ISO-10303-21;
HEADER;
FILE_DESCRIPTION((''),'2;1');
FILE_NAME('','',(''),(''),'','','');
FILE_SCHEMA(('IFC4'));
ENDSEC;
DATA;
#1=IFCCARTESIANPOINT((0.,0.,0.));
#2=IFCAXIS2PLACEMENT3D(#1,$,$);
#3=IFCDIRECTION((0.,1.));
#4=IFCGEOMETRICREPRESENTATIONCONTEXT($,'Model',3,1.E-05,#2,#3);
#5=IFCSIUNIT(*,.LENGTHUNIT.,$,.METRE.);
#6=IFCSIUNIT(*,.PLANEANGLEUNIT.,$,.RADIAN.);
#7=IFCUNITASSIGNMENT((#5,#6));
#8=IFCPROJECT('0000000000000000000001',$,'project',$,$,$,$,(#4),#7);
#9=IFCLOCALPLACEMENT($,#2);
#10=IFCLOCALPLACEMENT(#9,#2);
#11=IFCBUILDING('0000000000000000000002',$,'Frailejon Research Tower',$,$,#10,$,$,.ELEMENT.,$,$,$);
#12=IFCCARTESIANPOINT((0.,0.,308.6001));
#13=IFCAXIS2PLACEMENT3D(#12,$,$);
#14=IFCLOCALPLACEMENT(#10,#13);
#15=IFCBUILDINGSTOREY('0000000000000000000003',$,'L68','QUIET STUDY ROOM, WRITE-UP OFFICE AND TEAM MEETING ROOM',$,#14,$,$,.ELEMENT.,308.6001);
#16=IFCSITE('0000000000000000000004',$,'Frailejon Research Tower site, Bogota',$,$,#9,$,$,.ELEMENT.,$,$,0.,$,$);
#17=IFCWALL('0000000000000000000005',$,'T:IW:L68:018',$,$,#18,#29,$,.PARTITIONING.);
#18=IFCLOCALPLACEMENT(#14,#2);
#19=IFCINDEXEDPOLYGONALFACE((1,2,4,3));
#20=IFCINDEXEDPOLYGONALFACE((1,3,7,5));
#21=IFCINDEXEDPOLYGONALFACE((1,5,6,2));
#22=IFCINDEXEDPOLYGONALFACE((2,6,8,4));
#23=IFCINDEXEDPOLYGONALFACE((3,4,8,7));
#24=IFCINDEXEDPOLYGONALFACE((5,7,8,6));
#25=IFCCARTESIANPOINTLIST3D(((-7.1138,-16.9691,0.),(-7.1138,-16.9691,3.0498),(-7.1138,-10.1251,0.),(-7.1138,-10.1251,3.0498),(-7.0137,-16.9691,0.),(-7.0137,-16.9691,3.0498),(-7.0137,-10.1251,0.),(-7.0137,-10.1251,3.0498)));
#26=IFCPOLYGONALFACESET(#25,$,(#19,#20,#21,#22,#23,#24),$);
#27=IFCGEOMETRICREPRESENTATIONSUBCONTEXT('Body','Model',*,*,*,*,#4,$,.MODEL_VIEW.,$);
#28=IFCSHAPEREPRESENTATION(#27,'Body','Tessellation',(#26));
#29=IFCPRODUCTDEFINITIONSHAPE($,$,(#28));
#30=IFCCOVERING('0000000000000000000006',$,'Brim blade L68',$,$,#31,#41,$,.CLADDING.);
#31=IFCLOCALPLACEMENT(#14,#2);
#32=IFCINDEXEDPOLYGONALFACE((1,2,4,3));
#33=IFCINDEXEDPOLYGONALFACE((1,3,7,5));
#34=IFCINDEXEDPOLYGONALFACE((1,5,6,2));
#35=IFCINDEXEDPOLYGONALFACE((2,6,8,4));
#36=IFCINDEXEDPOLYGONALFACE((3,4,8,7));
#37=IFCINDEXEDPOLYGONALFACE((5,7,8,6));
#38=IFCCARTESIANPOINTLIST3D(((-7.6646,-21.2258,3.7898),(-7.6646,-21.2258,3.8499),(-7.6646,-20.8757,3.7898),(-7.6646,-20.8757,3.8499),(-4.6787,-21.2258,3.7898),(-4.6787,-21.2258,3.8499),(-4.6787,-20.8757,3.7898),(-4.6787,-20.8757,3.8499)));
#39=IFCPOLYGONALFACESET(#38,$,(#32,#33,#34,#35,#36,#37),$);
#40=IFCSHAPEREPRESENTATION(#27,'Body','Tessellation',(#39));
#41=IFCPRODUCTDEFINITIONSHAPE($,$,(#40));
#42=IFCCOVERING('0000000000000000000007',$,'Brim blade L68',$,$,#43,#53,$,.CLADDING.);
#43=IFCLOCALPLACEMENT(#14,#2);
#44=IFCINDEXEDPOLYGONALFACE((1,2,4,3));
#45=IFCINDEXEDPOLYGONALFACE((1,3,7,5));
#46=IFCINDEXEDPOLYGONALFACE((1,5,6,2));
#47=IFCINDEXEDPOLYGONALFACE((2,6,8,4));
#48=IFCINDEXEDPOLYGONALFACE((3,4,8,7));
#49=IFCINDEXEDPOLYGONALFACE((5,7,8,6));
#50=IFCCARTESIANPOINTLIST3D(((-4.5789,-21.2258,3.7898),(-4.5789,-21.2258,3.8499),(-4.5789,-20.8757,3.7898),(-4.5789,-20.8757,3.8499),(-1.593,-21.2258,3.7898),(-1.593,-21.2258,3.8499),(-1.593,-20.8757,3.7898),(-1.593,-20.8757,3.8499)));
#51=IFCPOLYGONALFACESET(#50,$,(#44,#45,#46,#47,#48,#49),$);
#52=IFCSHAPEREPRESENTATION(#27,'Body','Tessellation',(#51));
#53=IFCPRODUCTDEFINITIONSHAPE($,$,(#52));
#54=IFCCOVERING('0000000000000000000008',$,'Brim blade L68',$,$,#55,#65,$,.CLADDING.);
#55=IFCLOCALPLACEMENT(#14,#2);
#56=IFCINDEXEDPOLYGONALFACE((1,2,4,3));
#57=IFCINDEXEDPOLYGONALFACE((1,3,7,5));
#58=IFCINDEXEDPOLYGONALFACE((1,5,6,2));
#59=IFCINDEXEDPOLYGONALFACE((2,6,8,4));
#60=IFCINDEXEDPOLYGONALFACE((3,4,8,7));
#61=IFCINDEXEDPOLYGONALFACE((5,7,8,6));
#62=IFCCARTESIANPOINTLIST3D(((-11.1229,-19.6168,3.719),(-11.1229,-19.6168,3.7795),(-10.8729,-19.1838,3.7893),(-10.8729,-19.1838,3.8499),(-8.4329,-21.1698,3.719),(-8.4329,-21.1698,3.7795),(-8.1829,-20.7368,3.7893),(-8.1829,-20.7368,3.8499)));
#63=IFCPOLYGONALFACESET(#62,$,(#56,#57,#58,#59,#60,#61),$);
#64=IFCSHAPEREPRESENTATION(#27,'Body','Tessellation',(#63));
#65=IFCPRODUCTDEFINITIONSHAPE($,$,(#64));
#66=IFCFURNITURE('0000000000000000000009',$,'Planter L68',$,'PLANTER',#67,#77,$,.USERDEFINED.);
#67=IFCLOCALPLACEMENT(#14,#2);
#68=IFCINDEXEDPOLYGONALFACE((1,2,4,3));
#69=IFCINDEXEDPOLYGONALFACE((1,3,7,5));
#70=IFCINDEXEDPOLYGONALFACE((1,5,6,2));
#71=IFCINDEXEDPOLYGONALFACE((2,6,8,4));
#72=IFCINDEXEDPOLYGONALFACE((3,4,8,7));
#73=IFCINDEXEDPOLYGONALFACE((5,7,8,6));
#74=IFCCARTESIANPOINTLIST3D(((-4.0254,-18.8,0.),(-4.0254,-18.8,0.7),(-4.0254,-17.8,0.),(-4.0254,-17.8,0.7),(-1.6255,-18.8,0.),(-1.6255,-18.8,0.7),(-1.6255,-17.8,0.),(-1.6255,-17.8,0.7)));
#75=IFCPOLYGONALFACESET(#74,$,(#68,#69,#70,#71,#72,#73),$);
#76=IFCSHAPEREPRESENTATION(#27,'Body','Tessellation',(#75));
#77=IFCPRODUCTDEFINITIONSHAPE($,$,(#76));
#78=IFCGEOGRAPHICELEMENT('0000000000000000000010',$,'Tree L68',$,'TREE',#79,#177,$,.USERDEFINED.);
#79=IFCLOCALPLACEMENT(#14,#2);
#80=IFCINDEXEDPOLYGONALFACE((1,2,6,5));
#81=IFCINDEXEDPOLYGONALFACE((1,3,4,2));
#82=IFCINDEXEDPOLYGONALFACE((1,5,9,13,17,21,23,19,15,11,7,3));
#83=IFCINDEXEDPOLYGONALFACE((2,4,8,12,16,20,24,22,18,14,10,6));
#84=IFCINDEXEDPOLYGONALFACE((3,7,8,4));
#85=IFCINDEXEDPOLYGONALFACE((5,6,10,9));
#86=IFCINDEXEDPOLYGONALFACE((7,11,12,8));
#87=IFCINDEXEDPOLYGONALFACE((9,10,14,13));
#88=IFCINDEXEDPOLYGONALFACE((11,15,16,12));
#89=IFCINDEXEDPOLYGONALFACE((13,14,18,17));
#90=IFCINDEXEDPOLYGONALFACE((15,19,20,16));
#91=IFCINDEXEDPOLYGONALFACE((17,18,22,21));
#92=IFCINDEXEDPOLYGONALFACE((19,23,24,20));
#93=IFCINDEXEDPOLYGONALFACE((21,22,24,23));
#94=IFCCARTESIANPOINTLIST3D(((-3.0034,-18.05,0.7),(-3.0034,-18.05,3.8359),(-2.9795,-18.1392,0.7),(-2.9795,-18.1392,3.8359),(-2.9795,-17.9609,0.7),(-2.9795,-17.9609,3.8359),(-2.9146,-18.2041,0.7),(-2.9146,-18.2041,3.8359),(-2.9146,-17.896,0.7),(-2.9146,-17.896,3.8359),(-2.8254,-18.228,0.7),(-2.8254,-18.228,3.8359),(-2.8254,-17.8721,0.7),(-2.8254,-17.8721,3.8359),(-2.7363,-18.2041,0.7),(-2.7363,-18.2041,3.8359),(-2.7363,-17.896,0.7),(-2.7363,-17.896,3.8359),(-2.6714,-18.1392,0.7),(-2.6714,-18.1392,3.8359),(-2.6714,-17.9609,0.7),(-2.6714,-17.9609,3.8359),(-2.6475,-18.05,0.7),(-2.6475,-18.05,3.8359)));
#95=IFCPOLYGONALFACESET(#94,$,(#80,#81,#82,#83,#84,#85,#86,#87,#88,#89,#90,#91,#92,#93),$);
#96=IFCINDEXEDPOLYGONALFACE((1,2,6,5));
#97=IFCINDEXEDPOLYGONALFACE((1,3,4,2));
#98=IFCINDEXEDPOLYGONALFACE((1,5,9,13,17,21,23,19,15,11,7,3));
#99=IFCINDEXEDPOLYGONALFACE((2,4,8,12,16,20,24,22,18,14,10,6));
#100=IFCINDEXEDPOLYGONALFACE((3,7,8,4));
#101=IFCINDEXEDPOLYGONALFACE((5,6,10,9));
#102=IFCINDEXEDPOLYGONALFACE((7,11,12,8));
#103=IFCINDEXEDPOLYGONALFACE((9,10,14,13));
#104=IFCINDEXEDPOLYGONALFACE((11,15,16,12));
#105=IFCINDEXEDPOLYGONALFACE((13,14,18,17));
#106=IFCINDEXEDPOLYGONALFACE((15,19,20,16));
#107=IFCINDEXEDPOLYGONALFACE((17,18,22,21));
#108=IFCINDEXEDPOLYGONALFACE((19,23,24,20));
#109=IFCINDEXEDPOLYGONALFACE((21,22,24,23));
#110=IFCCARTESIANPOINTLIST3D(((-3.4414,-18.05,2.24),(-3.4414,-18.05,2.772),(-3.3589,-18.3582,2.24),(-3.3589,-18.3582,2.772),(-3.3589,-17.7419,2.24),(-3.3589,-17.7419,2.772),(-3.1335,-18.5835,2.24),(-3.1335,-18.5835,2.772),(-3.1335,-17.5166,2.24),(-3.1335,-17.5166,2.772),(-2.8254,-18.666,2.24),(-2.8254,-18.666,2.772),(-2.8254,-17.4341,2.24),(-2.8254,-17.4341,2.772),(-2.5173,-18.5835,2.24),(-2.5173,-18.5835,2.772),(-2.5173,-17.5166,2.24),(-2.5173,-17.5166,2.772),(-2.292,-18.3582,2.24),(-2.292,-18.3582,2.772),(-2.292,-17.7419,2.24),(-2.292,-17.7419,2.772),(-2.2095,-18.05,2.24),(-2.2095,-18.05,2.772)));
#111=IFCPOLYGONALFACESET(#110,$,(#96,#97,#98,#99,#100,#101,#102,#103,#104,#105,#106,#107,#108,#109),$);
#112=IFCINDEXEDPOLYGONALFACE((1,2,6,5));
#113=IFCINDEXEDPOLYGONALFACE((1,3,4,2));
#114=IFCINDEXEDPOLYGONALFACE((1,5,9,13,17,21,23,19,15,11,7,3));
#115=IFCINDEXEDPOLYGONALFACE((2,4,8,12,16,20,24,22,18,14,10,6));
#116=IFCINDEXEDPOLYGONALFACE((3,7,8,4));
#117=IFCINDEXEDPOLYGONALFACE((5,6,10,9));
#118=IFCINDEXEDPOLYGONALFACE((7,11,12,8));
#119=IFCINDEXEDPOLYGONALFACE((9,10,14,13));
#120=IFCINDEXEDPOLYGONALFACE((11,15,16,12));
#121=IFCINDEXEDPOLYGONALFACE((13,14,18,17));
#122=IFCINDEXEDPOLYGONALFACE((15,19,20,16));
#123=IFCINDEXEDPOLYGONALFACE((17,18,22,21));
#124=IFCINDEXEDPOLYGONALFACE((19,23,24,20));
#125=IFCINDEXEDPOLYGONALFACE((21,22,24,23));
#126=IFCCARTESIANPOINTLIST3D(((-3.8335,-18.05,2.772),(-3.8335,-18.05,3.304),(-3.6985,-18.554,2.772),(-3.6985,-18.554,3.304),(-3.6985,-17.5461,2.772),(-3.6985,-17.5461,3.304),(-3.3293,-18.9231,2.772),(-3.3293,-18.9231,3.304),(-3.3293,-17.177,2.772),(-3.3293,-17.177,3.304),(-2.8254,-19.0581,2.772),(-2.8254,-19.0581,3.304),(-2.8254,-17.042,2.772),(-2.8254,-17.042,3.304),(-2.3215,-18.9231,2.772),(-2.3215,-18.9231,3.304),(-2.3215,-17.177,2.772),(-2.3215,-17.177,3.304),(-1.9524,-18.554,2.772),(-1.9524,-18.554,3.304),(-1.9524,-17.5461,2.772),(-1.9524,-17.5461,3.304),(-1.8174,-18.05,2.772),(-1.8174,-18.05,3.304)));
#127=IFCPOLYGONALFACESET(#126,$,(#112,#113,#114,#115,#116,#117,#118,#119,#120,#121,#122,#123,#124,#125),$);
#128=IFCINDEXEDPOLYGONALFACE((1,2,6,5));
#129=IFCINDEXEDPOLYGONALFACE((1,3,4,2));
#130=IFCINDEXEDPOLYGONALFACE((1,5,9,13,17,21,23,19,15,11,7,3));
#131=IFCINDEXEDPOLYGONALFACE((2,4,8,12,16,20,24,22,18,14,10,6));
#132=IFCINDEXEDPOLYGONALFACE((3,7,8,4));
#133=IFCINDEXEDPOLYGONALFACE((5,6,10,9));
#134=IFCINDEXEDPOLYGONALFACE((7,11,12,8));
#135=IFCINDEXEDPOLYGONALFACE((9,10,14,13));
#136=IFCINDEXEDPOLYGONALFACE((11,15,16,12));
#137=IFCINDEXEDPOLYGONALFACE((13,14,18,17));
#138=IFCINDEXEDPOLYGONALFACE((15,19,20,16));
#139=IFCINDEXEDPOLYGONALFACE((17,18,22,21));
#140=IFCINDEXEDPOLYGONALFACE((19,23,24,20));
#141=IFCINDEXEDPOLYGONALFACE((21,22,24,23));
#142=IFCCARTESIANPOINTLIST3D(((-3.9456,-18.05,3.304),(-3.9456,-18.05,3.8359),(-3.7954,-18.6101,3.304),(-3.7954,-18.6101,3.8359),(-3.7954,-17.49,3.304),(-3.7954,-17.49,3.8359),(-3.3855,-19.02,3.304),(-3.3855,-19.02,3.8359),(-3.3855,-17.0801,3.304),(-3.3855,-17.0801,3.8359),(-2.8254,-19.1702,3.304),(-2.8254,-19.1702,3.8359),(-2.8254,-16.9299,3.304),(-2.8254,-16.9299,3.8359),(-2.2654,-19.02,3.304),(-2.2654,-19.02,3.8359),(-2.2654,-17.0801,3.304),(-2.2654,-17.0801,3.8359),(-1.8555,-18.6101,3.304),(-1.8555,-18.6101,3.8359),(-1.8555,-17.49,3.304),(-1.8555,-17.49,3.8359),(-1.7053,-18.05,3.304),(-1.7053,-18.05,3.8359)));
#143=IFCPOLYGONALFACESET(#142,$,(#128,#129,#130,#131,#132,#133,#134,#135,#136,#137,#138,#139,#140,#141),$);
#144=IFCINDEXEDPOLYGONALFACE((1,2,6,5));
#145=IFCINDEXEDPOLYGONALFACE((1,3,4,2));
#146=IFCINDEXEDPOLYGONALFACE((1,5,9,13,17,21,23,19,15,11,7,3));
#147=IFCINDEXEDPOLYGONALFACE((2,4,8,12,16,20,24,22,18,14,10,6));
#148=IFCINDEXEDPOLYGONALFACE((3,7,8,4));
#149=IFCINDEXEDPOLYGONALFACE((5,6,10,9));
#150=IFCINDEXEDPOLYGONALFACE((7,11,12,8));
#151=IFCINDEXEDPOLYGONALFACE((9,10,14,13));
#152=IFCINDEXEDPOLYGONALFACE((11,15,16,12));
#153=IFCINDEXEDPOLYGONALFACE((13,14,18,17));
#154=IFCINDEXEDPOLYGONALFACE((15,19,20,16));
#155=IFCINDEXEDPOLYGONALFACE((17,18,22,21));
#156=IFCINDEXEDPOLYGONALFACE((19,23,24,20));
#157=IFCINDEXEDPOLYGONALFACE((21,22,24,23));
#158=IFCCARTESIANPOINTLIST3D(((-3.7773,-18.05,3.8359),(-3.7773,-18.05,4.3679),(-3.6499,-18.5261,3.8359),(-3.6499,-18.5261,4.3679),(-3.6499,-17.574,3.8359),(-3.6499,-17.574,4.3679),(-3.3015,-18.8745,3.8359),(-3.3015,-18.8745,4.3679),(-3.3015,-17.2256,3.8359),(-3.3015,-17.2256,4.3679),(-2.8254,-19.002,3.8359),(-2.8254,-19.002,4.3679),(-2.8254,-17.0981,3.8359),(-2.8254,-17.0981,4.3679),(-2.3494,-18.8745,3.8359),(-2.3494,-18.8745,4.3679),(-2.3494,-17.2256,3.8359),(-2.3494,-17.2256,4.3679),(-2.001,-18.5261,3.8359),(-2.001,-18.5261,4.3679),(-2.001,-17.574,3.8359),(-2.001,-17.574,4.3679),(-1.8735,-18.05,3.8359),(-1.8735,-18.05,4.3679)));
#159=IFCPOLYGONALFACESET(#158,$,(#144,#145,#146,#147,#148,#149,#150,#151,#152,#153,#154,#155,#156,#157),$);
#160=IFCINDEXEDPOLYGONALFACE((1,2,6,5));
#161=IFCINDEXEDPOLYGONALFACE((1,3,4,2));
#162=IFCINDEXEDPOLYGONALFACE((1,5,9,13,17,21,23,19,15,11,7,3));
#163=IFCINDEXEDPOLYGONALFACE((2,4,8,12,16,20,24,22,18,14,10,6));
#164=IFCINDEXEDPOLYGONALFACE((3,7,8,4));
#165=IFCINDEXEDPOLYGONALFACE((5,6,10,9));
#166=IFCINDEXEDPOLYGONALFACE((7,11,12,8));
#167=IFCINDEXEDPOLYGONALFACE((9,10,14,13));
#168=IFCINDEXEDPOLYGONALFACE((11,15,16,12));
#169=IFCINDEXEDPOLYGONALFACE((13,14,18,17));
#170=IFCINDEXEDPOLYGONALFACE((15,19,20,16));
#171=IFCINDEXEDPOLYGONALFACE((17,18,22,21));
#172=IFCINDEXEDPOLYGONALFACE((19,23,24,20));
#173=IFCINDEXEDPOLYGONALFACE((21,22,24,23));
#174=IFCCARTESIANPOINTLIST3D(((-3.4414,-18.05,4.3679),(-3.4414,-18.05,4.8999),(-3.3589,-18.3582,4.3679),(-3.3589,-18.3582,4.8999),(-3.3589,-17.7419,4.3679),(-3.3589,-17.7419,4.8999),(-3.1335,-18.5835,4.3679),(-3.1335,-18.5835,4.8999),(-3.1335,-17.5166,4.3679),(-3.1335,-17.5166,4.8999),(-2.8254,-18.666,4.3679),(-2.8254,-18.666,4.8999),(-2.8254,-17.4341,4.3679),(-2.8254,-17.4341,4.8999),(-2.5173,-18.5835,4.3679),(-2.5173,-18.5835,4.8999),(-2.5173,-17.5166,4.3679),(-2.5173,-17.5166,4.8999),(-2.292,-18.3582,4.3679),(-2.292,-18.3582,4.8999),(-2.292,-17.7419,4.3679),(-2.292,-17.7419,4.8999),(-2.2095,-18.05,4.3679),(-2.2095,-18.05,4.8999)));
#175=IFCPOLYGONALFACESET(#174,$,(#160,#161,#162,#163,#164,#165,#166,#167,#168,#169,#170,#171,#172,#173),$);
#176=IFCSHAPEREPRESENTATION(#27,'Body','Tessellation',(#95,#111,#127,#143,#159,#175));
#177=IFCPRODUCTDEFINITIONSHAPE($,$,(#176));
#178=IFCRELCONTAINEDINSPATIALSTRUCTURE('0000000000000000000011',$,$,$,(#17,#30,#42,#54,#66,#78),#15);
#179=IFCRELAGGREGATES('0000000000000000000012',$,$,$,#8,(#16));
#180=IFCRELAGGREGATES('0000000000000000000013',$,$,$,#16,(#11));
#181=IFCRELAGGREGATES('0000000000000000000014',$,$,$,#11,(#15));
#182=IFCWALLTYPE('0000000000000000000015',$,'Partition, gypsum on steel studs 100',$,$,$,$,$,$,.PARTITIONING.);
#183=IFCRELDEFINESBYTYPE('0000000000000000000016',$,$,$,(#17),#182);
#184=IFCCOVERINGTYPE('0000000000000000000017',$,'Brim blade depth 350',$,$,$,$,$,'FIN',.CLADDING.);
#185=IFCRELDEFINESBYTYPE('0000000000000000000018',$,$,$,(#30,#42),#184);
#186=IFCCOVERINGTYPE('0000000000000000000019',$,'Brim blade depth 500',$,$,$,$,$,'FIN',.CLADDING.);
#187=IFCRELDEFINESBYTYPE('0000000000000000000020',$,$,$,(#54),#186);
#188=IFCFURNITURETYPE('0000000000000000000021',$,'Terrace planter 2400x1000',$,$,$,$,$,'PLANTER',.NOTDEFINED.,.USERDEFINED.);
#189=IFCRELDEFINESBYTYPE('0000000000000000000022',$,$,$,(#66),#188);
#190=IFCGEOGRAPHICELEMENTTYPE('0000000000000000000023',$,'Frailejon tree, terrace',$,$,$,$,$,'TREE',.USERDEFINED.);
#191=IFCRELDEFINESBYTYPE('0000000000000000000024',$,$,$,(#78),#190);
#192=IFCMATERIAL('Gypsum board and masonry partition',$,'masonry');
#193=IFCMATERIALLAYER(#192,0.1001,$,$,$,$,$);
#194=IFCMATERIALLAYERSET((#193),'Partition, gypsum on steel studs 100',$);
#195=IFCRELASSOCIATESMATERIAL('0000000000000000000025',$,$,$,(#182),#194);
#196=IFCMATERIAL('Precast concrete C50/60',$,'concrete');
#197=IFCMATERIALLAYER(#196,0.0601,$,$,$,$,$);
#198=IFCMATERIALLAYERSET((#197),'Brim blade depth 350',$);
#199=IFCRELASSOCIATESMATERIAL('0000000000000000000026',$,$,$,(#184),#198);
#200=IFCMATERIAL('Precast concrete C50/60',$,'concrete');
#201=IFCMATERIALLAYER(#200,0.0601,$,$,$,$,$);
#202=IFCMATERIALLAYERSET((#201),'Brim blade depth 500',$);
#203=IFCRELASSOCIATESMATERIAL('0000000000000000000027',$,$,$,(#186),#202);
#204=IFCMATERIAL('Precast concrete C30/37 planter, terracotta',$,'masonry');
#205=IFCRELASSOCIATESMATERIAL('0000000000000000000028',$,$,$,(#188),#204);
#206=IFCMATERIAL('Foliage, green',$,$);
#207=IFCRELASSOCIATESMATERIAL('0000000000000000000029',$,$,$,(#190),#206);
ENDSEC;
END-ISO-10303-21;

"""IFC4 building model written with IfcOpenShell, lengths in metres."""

from ifc_helpers import new_model, si_unit, direction, frame, frame_2d, origin, origin_2d, place, context, subcontext, project, spatial, polyline, rectangle, outline, extrude, material, layer, layer_set, type_object, element, save


model = new_model("IFC4")

# Units and contexts
model_context = context("Model", 3, precision=1e-05, world=origin(), true_north=direction((0.0, 1.0)))
body_context = subcontext(model_context, "Body", "Model", "MODEL_VIEW")
ifc_project = project(units=[si_unit("LENGTHUNIT", "METRE"), si_unit("PLANEANGLEUNIT", "RADIAN")], contexts=[model_context])

# Site, building, storey
site_placement = place(None, origin())
site = spatial("IfcSite", under=ifc_project, at=site_placement, Name="Frailejon Research Tower site, Bogota", CompositionType="ELEMENT", RefElevation=0.0)
building_placement = place(site_placement, origin())
building = spatial("IfcBuilding", under=site, at=building_placement, Name="Frailejon Research Tower", CompositionType="ELEMENT")
storey_placement = place(building_placement, frame((0.0, 0.0, 308.6001)))
storey = spatial("IfcBuildingStorey", under=building, at=storey_placement, Name="L68", Description="QUIET STUDY ROOM, WRITE-UP OFFICE AND TEAM MEETING ROOM", CompositionType="ELEMENT", Elevation=308.6001)

# Wall
ifc_material_1 = material(Name="Gypsum board and masonry partition", Category="masonry")
ifc_layer_1 = layer(ifc_material_1, 0.1001)
ifc_layer_set_1 = layer_set([ifc_layer_1], Name="Partition, gypsum on steel studs 100")
wall_type_1 = type_object("IfcWallType", Name="Partition, gypsum on steel studs 100", PredefinedType="PARTITIONING", material=ifc_layer_set_1)
wall_1_placement = place(storey_placement, frame((-7.0637, -16.969, 0.0), z_axis=(0.0, 0.0, 1.0), x_axis=(0.0, 1.0, 0.0)))
element("IfcWall", 1, at=wall_1_placement, inside=storey, type_object=wall_type_1, Name="T:IW:L68:018", PredefinedType="PARTITIONING", context=body_context, shape_type="SweptSolid", body=[
    extrude(rectangle(XDim=6.844, YDim=0.1001, at=frame_2d((3.4219, 0.0))), origin(), (0.0, 0.0, 1.0), 3.0498),
])

# Coverings
ifc_material_2 = material(Name="Precast concrete C50/60", Category="concrete")
ifc_layer_2 = layer(ifc_material_2, 0.0601)
ifc_layer_set_2 = layer_set([ifc_layer_2], Name="Brim blade depth 350")
covering_type_1 = type_object("IfcCoveringType", Name="Brim blade depth 350", ElementType="FIN", PredefinedType="CLADDING", material=ifc_layer_set_2)
for number, where, z_axis, x_axis, name in (
    (2, (-4.6787, -20.8757, 3.8499), (-1.0, 0.0, 0.0), (0.0, -1.0, 0.0), "Brim blade L68"),
    (3, (-1.593, -20.8757, 3.8499), (-1.0, 0.0, 0.0), (0.0, -1.0, 0.0), "Brim blade L68"),
):
    element("IfcCovering", number, at=place(storey_placement, frame(where, z_axis=z_axis, x_axis=x_axis)), inside=storey, type_object=covering_type_1, Name=name, PredefinedType="CLADDING", context=body_context, shape_type="SweptSolid", body=[
        extrude(outline(polyline([(0.0, -0.0601), (0.3501, -0.0601), (0.3501, 0.0), (0.0, 0.0), (0.0, -0.0601)])), origin(), (0.0, 0.0, 1.0), 2.9858),
    ])
ifc_material_3 = material(Name="Precast concrete C50/60", Category="concrete")
ifc_layer_3 = layer(ifc_material_3, 0.0601)
ifc_layer_set_3 = layer_set([ifc_layer_3], Name="Brim blade depth 500")
covering_type_2 = type_object("IfcCoveringType", Name="Brim blade depth 500", ElementType="FIN", PredefinedType="CLADDING", material=ifc_layer_set_3)
covering_placement = place(storey_placement, frame((-8.1829, -20.7368, 3.8499), z_axis=(-0.866035, 0.499983, 0.0), x_axis=(-0.499983, -0.866035, 0.0)))
element("IfcCovering", 4, at=covering_placement, inside=storey, type_object=covering_type_2, Name="Brim blade L68", PredefinedType="CLADDING", context=body_context, shape_type="SweptSolid", body=[
    extrude(outline(polyline([(0.0, -0.0605), (0.5, -0.1309), (0.5, -0.0703), (0.0, 0.0), (0.0, -0.0605)])), origin(), (0.0, 0.0, 1.0), 3.1062),
])

# Furniture
ifc_material_4 = material(Name="Precast concrete C30/37 planter, terracotta", Category="masonry")
furniture_type = type_object("IfcFurnitureType", Name="Terrace planter 2400x1000", ElementType="PLANTER", AssemblyPlace="NOTDEFINED", PredefinedType="USERDEFINED", material=ifc_material_4)
furniture_placement = place(storey_placement, frame((-2.8254, -18.3, 0.0), z_axis=(0.0, 0.0, 1.0), x_axis=(1.0, 0.0, 0.0)))
element("IfcFurniture", 5, at=furniture_placement, inside=storey, type_object=furniture_type, Name="Planter L68", ObjectType="PLANTER", PredefinedType="USERDEFINED", context=body_context, shape_type="SweptSolid", body=[
    extrude(rectangle(XDim=2.3999, YDim=1.0, at=origin_2d()), origin(), (0.0, 0.0, 1.0), 0.7),
])

# Geographic element
ifc_material_5 = material(Name="Foliage, green")
geographic_element_type = type_object("IfcGeographicElementType", Name="Frailejon tree, terrace", ElementType="TREE", PredefinedType="USERDEFINED", material=ifc_material_5)
geographic_element_placement = place(storey_placement, frame((-2.8254, -18.05, 0.7)))
element("IfcGeographicElement", 6, at=geographic_element_placement, inside=storey, type_object=geographic_element_type, Name="Tree L68", ObjectType="TREE", PredefinedType="USERDEFINED", context=body_context, shape_type="SweptSolid", body=[
    extrude(outline(polyline([(0.178, 0.0), (0.1541, 0.0891), (0.0891, 0.1541), (0.0, 0.178), (-0.0891, 0.1541), (-0.1541, 0.0891), (-0.178, 0.0), (-0.1541, -0.0891), (-0.0891, -0.1541), (0.0, -0.178), (0.0891, -0.1541), (0.1541, -0.0891), (0.178, 0.0)])), origin(), (0.0, 0.0, 1.0), 3.136),
    extrude(outline(polyline([(0.616, 0.0), (0.5334, 0.3081), (0.3081, 0.5334), (0.0, 0.616), (-0.3081, 0.5334), (-0.5334, 0.3081), (-0.616, 0.0), (-0.5334, -0.3081), (-0.3081, -0.5334), (0.0, -0.616), (0.3081, -0.5334), (0.5334, -0.3081), (0.616, 0.0)])), frame((0.0, 0.0, 1.54)), (0.0, 0.0, 1.0), 0.532),
    extrude(outline(polyline([(1.0081, 0.0), (0.873, 0.5039), (0.5039, 0.873), (0.0, 1.0081), (-0.5039, 0.873), (-0.873, 0.5039), (-1.0081, 0.0), (-0.873, -0.5039), (-0.5039, -0.873), (0.0, -1.0081), (0.5039, -0.873), (0.873, -0.5039), (1.0081, 0.0)])), frame((0.0, 0.0, 2.072)), (0.0, 0.0, 1.0), 0.532),
    extrude(outline(polyline([(1.1201, 0.0), (0.97, 0.5601), (0.5601, 0.97), (0.0, 1.1201), (-0.5601, 0.97), (-0.97, 0.5601), (-1.1201, 0.0), (-0.97, -0.5601), (-0.5601, -0.97), (0.0, -1.1201), (0.5601, -0.97), (0.97, -0.5601), (1.1201, 0.0)])), frame((0.0, 0.0, 2.604)), (0.0, 0.0, 1.0), 0.532),
    extrude(outline(polyline([(0.9519, 0.0), (0.8245, 0.4761), (0.4761, 0.8245), (0.0, 0.9519), (-0.4761, 0.8245), (-0.8245, 0.4761), (-0.9519, 0.0), (-0.8245, -0.4761), (-0.4761, -0.8245), (0.0, -0.9519), (0.4761, -0.8245), (0.8245, -0.4761), (0.9519, 0.0)])), frame((0.0, 0.0, 3.136)), (0.0, 0.0, 1.0), 0.532),
    extrude(outline(polyline([(0.616, 0.0), (0.5334, 0.3081), (0.3081, 0.5334), (0.0, 0.616), (-0.3081, 0.5334), (-0.5334, 0.3081), (-0.616, 0.0), (-0.5334, -0.3081), (-0.3081, -0.5334), (0.0, -0.616), (0.3081, -0.5334), (0.5334, -0.3081), (0.616, 0.0)])), frame((0.0, 0.0, 3.668)), (0.0, 0.0, 1.0), 0.532),
])

save(model, "model.ifc")
